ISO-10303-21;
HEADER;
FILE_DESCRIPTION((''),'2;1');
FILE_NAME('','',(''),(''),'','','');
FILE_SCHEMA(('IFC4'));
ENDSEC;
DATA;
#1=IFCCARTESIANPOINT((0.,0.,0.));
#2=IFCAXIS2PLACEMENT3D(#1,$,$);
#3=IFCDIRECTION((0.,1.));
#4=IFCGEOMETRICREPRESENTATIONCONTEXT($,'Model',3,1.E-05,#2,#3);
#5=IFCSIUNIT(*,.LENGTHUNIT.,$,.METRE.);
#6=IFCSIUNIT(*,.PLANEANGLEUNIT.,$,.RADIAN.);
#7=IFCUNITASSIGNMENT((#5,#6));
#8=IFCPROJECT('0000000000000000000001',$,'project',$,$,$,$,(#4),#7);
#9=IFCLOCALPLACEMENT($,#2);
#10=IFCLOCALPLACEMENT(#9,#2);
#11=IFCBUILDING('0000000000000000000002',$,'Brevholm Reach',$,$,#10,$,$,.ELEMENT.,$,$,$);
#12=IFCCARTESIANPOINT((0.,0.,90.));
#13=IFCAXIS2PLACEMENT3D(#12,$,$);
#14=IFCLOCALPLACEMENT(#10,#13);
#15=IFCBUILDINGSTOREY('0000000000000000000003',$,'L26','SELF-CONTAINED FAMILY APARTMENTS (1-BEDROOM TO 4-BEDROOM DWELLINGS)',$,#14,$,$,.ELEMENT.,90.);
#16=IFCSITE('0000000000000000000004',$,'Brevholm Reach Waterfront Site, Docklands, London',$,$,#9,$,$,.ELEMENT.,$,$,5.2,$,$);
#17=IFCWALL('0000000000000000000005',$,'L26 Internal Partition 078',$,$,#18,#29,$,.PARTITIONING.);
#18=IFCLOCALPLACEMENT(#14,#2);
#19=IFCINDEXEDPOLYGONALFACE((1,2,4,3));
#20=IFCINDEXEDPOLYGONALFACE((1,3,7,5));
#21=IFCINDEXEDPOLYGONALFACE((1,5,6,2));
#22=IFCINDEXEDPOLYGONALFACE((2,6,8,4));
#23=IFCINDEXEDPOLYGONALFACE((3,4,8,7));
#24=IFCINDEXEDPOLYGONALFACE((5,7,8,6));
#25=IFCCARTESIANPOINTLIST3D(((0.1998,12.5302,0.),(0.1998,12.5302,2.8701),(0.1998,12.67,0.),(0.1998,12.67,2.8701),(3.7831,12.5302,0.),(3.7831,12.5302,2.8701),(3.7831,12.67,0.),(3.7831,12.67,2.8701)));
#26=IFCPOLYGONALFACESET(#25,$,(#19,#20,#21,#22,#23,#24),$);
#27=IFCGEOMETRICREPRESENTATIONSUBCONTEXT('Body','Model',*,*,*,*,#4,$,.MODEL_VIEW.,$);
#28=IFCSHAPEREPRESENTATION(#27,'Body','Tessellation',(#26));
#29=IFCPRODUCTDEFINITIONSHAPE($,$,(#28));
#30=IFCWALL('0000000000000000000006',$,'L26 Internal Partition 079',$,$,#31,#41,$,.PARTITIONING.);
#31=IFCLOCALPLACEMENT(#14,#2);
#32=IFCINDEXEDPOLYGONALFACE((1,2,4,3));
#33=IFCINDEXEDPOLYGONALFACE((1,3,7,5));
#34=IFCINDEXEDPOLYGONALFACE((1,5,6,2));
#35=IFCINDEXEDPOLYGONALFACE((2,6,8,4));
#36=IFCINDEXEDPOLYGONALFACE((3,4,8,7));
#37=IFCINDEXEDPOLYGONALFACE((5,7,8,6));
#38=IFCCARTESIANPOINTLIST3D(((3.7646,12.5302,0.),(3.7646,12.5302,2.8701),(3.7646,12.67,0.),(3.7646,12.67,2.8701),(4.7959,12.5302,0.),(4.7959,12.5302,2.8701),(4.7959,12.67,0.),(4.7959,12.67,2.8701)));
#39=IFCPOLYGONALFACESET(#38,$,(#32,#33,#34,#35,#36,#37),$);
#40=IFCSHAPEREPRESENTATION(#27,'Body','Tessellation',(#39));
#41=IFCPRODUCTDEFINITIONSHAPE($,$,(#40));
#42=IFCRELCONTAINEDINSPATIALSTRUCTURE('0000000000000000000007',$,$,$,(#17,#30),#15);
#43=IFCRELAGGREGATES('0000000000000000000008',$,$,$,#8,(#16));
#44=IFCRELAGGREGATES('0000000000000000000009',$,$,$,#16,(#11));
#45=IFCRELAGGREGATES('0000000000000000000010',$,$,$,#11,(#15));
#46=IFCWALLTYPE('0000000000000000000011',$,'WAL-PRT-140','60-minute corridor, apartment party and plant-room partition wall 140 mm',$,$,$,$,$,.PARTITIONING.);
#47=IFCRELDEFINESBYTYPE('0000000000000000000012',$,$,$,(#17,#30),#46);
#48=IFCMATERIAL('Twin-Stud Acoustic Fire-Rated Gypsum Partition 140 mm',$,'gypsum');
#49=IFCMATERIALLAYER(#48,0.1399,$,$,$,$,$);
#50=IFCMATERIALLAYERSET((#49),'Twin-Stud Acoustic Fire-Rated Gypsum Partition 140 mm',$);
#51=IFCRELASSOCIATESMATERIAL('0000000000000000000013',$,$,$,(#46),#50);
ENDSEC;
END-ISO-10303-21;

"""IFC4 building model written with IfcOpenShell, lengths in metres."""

from ifc_helpers import new_model, si_unit, direction, frame, frame_2d, origin, place, context, subcontext, project, spatial, rectangle, extrude, material, layer, layer_set, type_object, element, save


model = new_model("IFC4")

# Units and contexts
model_context = context("Model", 3, precision=1e-05, world=origin(), true_north=direction((0.0, 1.0)))
body_context = subcontext(model_context, "Body", "Model", "MODEL_VIEW")
ifc_project = project(units=[si_unit("LENGTHUNIT", "METRE"), si_unit("PLANEANGLEUNIT", "RADIAN")], contexts=[model_context])

# Site, building, storey
site_placement = place(None, origin())
site = spatial("IfcSite", under=ifc_project, at=site_placement, Name="Brevholm Reach Waterfront Site, Docklands, London", CompositionType="ELEMENT", RefElevation=5.2)
building_placement = place(site_placement, origin())
building = spatial("IfcBuilding", under=site, at=building_placement, Name="Brevholm Reach", CompositionType="ELEMENT")
storey_placement = place(building_placement, frame((0.0, 0.0, 90.0)))
storey = spatial("IfcBuildingStorey", under=building, at=storey_placement, Name="L26", Description="SELF-CONTAINED FAMILY APARTMENTS (1-BEDROOM TO 4-BEDROOM DWELLINGS)", CompositionType="ELEMENT", Elevation=90.0)

# Shared definitions
ifc_material_1 = material(Name="Twin-Stud Acoustic Fire-Rated Gypsum Partition 140 mm", Category="gypsum")
ifc_layer_1 = layer(ifc_material_1, 0.1399)
ifc_layer_set_1 = layer_set([ifc_layer_1], Name="Twin-Stud Acoustic Fire-Rated Gypsum Partition 140 mm")
wall_type_1 = type_object("IfcWallType", Name="WAL-PRT-140", Description="60-minute corridor, apartment party and plant-room partition wall 140 mm", PredefinedType="PARTITIONING", material=ifc_layer_set_1)

# Walls
wall_1_placement = place(storey_placement, frame((0.2, 12.6001, 0.0), z_axis=(0.0, 0.0, 1.0), x_axis=(1.0, 0.0, 0.0)))
element("IfcWall", 1, at=wall_1_placement, inside=storey, type_object=wall_type_1, Name="L26 Internal Partition 078", PredefinedType="PARTITIONING", context=body_context, shape_type="SweptSolid", body=[
    extrude(rectangle(XDim=3.5833, YDim=0.1399, at=frame_2d((1.7915, 0.0))), origin(), (0.0, 0.0, 1.0), 2.8701),
])
wall_2_placement = place(storey_placement, frame((3.7646, 12.6001, 0.0), z_axis=(0.0, 0.0, 1.0), x_axis=(1.0, 0.0, 0.0)))
element("IfcWall", 2, at=wall_2_placement, inside=storey, type_object=wall_type_1, Name="L26 Internal Partition 079", PredefinedType="PARTITIONING", context=body_context, shape_type="SweptSolid", body=[
    extrude(rectangle(XDim=1.0312, YDim=0.1399, at=frame_2d((0.5156, 0.0))), origin(), (0.0, 0.0, 1.0), 2.8701),
])

save(model, "model.ifc")
